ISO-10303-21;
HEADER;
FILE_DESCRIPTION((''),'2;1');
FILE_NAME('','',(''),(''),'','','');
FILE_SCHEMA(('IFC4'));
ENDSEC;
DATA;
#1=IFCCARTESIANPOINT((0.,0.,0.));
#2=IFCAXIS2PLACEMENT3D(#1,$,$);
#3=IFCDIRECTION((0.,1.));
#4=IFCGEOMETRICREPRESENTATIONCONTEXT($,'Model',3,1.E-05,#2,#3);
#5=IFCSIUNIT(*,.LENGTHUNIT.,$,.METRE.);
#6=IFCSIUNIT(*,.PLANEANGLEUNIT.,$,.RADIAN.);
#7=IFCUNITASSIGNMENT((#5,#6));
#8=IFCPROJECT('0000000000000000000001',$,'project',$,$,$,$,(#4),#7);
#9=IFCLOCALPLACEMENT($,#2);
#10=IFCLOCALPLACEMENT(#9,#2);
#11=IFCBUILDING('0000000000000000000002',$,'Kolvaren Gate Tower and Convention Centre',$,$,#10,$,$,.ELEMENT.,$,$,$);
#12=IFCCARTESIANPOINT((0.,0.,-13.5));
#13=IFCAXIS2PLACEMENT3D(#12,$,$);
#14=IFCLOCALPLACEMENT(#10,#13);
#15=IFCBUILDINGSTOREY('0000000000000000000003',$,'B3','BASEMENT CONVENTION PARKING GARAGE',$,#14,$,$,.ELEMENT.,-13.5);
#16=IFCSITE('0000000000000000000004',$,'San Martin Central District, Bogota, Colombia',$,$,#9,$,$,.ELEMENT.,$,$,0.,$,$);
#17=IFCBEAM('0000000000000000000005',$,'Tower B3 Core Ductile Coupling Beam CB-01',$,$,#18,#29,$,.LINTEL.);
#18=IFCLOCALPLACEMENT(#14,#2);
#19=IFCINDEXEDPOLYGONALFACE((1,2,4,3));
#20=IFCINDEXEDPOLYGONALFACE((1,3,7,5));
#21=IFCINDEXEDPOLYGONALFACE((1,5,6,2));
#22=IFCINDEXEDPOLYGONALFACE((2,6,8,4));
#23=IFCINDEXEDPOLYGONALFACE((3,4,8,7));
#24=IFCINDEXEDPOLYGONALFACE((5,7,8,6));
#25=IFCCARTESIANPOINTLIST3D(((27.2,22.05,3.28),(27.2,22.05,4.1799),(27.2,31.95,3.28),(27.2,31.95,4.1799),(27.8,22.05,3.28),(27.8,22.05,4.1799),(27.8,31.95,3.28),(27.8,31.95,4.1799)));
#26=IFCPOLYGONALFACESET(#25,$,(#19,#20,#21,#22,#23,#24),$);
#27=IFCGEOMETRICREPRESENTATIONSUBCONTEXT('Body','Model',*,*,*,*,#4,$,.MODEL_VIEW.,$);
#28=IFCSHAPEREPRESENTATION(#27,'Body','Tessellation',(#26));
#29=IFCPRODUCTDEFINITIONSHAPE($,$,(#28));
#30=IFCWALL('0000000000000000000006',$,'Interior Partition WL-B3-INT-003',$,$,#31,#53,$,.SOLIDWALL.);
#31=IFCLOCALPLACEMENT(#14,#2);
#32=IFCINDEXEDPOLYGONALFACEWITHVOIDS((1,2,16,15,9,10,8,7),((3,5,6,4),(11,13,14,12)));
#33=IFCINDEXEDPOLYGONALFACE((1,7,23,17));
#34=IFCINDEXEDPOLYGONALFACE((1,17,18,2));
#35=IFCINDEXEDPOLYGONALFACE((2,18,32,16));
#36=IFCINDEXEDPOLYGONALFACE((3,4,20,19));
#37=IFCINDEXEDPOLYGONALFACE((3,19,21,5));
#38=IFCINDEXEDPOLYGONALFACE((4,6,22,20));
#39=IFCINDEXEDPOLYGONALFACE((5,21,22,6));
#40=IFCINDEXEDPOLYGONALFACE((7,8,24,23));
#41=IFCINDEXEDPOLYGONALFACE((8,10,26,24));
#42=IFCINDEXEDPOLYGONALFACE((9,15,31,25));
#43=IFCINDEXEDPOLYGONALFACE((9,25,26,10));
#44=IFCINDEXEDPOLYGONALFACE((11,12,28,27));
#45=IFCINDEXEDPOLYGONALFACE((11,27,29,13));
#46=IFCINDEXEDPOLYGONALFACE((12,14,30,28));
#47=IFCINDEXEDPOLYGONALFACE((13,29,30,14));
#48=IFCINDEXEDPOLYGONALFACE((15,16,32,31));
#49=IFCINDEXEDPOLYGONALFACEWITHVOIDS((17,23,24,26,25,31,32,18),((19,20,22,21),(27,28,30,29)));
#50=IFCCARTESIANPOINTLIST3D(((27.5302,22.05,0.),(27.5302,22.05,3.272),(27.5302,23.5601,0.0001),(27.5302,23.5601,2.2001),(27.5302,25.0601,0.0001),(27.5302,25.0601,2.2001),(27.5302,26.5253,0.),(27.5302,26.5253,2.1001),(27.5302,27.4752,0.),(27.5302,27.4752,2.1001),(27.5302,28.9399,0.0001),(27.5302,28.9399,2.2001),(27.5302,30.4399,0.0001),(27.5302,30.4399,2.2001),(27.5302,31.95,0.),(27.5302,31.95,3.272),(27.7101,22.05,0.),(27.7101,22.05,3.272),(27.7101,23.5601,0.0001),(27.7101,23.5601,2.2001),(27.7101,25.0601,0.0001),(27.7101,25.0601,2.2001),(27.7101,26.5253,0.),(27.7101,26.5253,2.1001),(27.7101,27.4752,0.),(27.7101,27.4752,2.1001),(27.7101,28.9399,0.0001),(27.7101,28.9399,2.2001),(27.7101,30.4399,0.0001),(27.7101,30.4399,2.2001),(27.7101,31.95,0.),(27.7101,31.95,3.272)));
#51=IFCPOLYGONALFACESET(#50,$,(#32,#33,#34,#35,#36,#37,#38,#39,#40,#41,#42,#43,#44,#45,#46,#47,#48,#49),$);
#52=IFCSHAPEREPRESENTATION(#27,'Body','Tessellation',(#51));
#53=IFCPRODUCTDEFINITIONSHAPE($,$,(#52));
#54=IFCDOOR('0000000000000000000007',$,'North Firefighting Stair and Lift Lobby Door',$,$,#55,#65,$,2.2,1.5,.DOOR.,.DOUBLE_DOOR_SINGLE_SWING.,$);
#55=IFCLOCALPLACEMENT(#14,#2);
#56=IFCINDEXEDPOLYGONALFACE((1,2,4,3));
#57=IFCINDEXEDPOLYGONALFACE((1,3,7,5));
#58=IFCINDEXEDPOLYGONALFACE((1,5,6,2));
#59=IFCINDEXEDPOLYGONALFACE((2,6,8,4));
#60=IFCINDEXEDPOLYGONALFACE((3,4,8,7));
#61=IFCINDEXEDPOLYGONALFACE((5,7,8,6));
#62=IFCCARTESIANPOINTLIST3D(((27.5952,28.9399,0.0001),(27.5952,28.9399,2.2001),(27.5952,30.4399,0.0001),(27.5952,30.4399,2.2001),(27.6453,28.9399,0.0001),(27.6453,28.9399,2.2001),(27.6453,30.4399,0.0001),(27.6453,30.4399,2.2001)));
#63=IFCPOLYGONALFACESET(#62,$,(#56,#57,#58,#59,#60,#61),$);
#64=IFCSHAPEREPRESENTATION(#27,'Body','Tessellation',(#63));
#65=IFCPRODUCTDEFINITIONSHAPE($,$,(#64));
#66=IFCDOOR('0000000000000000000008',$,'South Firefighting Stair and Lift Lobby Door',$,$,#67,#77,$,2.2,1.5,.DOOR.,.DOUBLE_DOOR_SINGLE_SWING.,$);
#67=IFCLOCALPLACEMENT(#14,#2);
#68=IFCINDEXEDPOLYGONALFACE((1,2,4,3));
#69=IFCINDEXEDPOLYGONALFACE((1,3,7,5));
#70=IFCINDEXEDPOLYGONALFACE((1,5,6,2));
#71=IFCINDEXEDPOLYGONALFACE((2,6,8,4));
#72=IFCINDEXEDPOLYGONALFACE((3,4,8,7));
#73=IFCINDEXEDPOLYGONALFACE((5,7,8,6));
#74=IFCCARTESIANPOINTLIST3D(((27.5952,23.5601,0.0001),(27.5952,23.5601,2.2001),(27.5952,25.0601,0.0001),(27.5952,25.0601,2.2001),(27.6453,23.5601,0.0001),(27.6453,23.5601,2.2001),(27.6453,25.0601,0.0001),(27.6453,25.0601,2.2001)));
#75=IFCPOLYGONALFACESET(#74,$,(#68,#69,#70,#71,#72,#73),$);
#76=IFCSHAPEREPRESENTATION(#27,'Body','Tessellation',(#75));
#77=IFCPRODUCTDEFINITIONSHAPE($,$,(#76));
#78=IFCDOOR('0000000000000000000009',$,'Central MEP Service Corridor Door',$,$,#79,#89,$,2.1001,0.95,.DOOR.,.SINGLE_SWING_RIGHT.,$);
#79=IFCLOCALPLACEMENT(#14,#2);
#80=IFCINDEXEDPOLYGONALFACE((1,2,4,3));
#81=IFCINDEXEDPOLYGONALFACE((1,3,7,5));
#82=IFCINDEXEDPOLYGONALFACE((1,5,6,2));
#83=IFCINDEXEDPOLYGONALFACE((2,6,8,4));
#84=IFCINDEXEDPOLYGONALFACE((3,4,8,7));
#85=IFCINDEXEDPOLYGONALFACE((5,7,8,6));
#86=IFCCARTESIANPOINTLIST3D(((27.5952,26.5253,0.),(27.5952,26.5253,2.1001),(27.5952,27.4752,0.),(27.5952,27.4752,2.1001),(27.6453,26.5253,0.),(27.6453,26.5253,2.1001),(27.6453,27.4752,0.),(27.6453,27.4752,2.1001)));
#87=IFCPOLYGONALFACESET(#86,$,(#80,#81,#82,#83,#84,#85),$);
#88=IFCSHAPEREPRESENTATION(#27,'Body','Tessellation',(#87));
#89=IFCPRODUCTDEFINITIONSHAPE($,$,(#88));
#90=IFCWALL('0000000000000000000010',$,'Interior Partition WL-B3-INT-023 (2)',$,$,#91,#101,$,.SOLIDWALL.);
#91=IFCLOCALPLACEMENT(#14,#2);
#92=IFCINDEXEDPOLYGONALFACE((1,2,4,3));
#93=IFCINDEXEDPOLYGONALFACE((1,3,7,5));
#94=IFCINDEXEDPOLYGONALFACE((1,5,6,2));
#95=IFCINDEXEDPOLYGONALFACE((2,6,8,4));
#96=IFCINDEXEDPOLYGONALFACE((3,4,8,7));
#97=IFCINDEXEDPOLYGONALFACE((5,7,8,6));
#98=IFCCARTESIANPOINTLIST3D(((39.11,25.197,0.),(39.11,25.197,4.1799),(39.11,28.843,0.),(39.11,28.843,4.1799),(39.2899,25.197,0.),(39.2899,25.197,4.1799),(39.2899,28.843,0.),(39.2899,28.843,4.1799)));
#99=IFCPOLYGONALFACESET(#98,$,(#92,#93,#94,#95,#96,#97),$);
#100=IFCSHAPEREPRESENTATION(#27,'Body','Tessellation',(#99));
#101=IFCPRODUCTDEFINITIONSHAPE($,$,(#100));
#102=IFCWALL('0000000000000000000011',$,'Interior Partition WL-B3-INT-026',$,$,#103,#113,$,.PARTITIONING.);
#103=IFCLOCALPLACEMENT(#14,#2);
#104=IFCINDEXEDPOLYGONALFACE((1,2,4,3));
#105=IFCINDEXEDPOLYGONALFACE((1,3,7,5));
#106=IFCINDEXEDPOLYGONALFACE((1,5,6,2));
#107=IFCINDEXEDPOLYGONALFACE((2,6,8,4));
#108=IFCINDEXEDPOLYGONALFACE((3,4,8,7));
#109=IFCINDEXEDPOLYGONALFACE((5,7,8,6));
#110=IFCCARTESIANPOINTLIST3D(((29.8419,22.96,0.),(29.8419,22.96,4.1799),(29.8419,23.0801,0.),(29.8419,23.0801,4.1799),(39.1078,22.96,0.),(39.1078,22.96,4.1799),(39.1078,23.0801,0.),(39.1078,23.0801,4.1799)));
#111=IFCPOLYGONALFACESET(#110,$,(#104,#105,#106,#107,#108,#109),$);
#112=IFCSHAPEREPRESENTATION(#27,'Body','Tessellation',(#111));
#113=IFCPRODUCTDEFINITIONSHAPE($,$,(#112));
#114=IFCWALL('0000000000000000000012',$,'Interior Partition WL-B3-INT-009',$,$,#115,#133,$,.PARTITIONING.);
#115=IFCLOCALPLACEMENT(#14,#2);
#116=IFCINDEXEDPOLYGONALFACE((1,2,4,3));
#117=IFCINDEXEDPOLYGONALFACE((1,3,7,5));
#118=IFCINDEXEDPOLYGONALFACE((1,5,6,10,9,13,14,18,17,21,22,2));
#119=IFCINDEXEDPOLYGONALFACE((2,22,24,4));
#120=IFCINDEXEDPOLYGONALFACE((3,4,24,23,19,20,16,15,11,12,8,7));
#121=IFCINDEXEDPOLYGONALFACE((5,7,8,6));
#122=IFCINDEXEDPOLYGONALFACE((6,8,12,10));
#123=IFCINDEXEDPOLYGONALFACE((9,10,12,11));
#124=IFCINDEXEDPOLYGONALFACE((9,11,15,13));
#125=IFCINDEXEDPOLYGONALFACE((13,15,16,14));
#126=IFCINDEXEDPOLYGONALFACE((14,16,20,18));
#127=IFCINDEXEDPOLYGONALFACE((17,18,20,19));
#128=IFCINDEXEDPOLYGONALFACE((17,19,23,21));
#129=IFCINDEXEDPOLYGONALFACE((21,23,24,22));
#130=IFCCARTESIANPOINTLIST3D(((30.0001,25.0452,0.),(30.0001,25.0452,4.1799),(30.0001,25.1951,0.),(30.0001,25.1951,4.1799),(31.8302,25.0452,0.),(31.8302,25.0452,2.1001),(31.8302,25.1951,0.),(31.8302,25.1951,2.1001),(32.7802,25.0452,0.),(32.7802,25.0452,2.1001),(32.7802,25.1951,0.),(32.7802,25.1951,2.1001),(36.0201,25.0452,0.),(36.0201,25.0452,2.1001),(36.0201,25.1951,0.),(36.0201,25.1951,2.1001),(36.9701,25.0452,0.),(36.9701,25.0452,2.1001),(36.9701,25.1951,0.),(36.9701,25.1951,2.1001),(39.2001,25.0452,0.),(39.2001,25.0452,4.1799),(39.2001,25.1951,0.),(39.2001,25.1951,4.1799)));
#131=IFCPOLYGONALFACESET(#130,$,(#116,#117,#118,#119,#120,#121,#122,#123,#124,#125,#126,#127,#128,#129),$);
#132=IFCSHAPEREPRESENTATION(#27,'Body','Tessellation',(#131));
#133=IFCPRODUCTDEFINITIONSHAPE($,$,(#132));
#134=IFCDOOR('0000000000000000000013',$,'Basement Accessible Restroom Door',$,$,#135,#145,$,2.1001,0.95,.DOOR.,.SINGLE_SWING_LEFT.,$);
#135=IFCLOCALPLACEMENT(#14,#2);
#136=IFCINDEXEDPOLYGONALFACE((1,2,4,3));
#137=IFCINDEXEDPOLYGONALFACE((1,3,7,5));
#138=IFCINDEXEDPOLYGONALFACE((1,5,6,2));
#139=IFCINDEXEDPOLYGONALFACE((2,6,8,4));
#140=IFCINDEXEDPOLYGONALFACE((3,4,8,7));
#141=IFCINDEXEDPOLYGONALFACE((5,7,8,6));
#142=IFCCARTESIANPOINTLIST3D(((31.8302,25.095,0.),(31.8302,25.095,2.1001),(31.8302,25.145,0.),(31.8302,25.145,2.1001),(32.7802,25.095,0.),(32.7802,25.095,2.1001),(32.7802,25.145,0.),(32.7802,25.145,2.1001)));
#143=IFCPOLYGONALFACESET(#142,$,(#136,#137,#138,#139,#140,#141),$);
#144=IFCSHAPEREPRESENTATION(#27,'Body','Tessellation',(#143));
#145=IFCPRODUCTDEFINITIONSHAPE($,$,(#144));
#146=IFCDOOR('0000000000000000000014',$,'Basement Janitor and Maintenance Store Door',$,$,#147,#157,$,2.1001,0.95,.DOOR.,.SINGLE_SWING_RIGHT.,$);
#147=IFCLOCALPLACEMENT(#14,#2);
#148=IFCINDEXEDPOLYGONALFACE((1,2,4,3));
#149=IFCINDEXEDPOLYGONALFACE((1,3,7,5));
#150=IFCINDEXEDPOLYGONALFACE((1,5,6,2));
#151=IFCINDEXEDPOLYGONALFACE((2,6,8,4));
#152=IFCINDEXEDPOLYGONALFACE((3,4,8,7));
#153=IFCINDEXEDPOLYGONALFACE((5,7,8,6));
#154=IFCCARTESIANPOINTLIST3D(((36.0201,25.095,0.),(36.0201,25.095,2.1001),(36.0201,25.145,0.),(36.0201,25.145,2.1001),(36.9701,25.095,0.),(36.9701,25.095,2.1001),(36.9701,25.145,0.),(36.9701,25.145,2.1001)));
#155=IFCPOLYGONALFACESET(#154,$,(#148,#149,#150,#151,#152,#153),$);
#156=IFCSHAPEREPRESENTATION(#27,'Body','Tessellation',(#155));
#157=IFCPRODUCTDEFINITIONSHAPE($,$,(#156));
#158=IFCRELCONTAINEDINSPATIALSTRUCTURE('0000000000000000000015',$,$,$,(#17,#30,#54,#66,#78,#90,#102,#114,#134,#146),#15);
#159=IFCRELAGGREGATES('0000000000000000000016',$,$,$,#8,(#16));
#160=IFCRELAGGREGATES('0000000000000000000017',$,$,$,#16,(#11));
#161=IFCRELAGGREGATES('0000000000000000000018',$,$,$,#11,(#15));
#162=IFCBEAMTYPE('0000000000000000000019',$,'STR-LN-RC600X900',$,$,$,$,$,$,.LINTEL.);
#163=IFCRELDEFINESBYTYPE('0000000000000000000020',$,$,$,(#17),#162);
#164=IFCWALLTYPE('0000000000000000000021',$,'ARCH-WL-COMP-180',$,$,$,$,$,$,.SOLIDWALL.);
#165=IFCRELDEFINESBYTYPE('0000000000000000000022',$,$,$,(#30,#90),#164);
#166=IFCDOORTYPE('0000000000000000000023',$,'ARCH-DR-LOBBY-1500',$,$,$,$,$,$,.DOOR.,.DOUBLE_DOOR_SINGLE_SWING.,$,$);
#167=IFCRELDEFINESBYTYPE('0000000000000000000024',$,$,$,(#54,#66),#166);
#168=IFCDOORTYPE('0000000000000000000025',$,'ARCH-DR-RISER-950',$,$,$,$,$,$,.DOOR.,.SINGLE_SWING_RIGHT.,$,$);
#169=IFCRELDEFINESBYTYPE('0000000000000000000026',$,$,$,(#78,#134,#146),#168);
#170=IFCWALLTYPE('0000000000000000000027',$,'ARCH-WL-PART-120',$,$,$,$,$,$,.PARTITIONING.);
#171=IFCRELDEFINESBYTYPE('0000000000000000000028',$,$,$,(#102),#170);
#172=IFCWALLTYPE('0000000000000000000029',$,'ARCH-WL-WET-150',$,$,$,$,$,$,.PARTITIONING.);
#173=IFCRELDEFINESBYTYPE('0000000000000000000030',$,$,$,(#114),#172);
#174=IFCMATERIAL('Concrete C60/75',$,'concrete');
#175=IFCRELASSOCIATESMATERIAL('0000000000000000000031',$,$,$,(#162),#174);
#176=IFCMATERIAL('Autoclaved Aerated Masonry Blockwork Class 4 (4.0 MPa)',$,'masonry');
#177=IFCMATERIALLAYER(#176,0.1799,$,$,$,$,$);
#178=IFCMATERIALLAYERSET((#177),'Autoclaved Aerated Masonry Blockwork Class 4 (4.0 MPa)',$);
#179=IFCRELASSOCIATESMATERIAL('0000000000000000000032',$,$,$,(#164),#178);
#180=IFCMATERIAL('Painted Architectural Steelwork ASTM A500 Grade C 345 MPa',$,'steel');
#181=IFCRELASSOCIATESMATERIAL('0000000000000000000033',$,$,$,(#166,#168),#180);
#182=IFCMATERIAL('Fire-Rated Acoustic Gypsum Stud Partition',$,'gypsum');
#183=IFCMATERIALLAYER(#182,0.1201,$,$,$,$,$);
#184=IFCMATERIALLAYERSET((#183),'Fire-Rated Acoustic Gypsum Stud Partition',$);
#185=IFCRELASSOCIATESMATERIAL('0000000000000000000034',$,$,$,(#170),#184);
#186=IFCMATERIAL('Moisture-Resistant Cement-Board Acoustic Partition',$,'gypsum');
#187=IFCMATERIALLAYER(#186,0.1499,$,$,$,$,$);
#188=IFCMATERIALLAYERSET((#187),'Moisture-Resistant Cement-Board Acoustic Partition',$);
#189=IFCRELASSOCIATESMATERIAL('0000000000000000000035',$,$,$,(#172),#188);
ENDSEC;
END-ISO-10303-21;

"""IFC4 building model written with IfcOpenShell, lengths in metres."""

from ifc_helpers import new_model, si_unit, direction, frame, frame_2d, origin, origin_2d, place, context, subcontext, project, spatial, rectangle, extrude, material, layer, layer_set, material_profile, profile_set, type_object, element, fill, save


model = new_model("IFC4")

# Units and contexts
model_context = context("Model", 3, precision=1e-05, world=origin(), true_north=direction((0.0, 1.0)))
body_context = subcontext(model_context, "Body", "Model", "MODEL_VIEW")
ifc_project = project(units=[si_unit("LENGTHUNIT", "METRE"), si_unit("PLANEANGLEUNIT", "RADIAN")], contexts=[model_context])

# Site, building, storey
site_placement = place(None, origin())
site = spatial("IfcSite", under=ifc_project, at=site_placement, Name="San Martin Central District, Bogota, Colombia", CompositionType="ELEMENT", RefElevation=0.0)
building_placement = place(site_placement, origin())
building = spatial("IfcBuilding", under=site, at=building_placement, Name="Kolvaren Gate Tower and Convention Centre", CompositionType="ELEMENT")
storey_placement = place(building_placement, frame((0.0, 0.0, -13.5)))
storey = spatial("IfcBuildingStorey", under=building, at=storey_placement, Name="B3", Description="BASEMENT CONVENTION PARKING GARAGE", CompositionType="ELEMENT", Elevation=-13.5)

# Beam
ifc_material_1 = material(Name="Concrete C60/75", Category="concrete")
ifc_material_profile_1 = material_profile(ifc_material_1, rectangle(XDim=0.6001, YDim=0.8999, at=origin_2d()), Name="RC-BM-600X900")
ifc_profile_set_1 = profile_set([ifc_material_profile_1], Name="Concrete C60/75")
beam_type_1 = type_object("IfcBeamType", Name="STR-LN-RC600X900", PredefinedType="LINTEL", material=ifc_profile_set_1)
beam_1_placement = place(storey_placement, frame((27.5, 22.05, 3.73), z_axis=(0.0, 1.0, 0.0), x_axis=(-1.0, 0.0, 0.0)))
element("IfcBeam", 1, at=beam_1_placement, inside=storey, type_object=beam_type_1, Name="Tower B3 Core Ductile Coupling Beam CB-01", PredefinedType="LINTEL", context=body_context, shape_type="SweptSolid", body=[
    extrude(rectangle(XDim=0.6001, YDim=0.8999, at=origin_2d()), origin(), (0.0, 0.0, 1.0), 9.8999),
])

# Wall, openings, doors
ifc_material_2 = material(Name="Autoclaved Aerated Masonry Blockwork Class 4 (4.0 MPa)", Category="masonry")
ifc_layer_1 = layer(ifc_material_2, 0.1799)
ifc_layer_set_1 = layer_set([ifc_layer_1], Name="Autoclaved Aerated Masonry Blockwork Class 4 (4.0 MPa)")
wall_type_1 = type_object("IfcWallType", Name="ARCH-WL-COMP-180", PredefinedType="SOLIDWALL", material=ifc_layer_set_1)
wall_1_placement = place(storey_placement, frame((27.6201, 22.05, 0.0), z_axis=(0.0, 0.0, 1.0), x_axis=(0.0, 1.0, 0.0)))
wall_1 = element("IfcWall", 2, at=wall_1_placement, inside=storey, type_object=wall_type_1, Name="Interior Partition WL-B3-INT-003", PredefinedType="SOLIDWALL", context=body_context, shape_type="SweptSolid", body=[
    extrude(rectangle(XDim=9.8999, YDim=0.1799, at=frame_2d((4.95, 0.0))), origin(), (0.0, 0.0, 1.0), 3.272),
])
opening_1_placement = place(wall_1_placement, frame((4.4751, 0.0, 0.0)))
opening_1 = element("IfcOpeningElement", 3, at=opening_1_placement, cuts=wall_1, PredefinedType="OPENING", context=body_context, shape_type="SweptSolid", body=[
    extrude(rectangle(XDim=0.95, YDim=2.1001, at=frame_2d((0.4751, 1.05))), frame((0.0, 0.0999, 0.0), z_axis=(0.0, -1.0, 0.0), x_axis=(1.0, 0.0, 0.0)), (0.0, 0.0, 1.0), 0.2),
])
opening_2_placement = place(wall_1_placement, frame((6.8899, 0.0, 0.0)))
opening_2 = element("IfcOpeningElement", 4, at=opening_2_placement, cuts=wall_1, PredefinedType="OPENING", context=body_context, shape_type="SweptSolid", body=[
    extrude(rectangle(XDim=1.5, YDim=2.2, at=frame_2d((0.75, 1.1001))), frame((0.0, 0.0999, 0.0), z_axis=(0.0, -1.0, 0.0), x_axis=(1.0, 0.0, 0.0)), (0.0, 0.0, 1.0), 0.2),
])
opening_3_placement = place(wall_1_placement, frame((1.51, 0.0, 0.0)))
opening_3 = element("IfcOpeningElement", 5, at=opening_3_placement, cuts=wall_1, PredefinedType="OPENING", context=body_context, shape_type="SweptSolid", body=[
    extrude(rectangle(XDim=1.5, YDim=2.2, at=frame_2d((0.75, 1.1001))), frame((0.0, 0.0999, 0.0), z_axis=(0.0, -1.0, 0.0), x_axis=(1.0, 0.0, 0.0)), (0.0, 0.0, 1.0), 0.2),
])
ifc_material_3 = material(Name="Painted Architectural Steelwork ASTM A500 Grade C 345 MPa", Category="steel")
door_type_1 = type_object("IfcDoorType", Name="ARCH-DR-LOBBY-1500", OperationType="DOUBLE_DOOR_SINGLE_SWING", PredefinedType="DOOR", material=ifc_material_3)
door_1_placement = place(opening_2_placement, origin())
door_1 = element("IfcDoor", 6, at=door_1_placement, inside=storey, type_object=door_type_1, Name="North Firefighting Stair and Lift Lobby Door", OperationType="DOUBLE_DOOR_SINGLE_SWING", OverallHeight=2.2, OverallWidth=1.5, PredefinedType="DOOR", context=body_context, shape_type="SweptSolid", body=[
    extrude(rectangle(XDim=1.5, YDim=2.2, at=frame_2d((0.75, 1.1001))), frame((0.0, 0.0249, 0.0), z_axis=(0.0, -1.0, 0.0), x_axis=(1.0, 0.0, 0.0)), (0.0, 0.0, 1.0), 0.05),
])
fill(opening_2, door_1)
door_2_placement = place(opening_3_placement, origin())
door_2 = element("IfcDoor", 7, at=door_2_placement, inside=storey, type_object=door_type_1, Name="South Firefighting Stair and Lift Lobby Door", OperationType="DOUBLE_DOOR_SINGLE_SWING", OverallHeight=2.2, OverallWidth=1.5, PredefinedType="DOOR", context=body_context, shape_type="SweptSolid", body=[
    extrude(rectangle(XDim=1.5, YDim=2.2, at=frame_2d((0.75, 1.1001))), frame((0.0, 0.0249, 0.0), z_axis=(0.0, -1.0, 0.0), x_axis=(1.0, 0.0, 0.0)), (0.0, 0.0, 1.0), 0.05),
])
fill(opening_3, door_2)
door_type_2 = type_object("IfcDoorType", Name="ARCH-DR-RISER-950", OperationType="SINGLE_SWING_RIGHT", PredefinedType="DOOR", material=ifc_material_3)
door_3_placement = place(opening_1_placement, origin())
door_3 = element("IfcDoor", 8, at=door_3_placement, inside=storey, type_object=door_type_2, Name="Central MEP Service Corridor Door", OperationType="SINGLE_SWING_RIGHT", OverallHeight=2.1001, OverallWidth=0.95, PredefinedType="DOOR", context=body_context, shape_type="SweptSolid", body=[
    extrude(rectangle(XDim=0.95, YDim=2.1001, at=frame_2d((0.4751, 1.05))), frame((0.0, 0.0249, 0.0), z_axis=(0.0, -1.0, 0.0), x_axis=(1.0, 0.0, 0.0)), (0.0, 0.0, 1.0), 0.05),
])
fill(opening_1, door_3)

# Walls
wall_2_placement = place(storey_placement, frame((39.2, 25.197, 0.0), z_axis=(0.0, 0.0, 1.0), x_axis=(0.0, 1.0, 0.0)))
element("IfcWall", 9, at=wall_2_placement, inside=storey, type_object=wall_type_1, Name="Interior Partition WL-B3-INT-023 (2)", PredefinedType="SOLIDWALL", context=body_context, shape_type="SweptSolid", body=[
    extrude(rectangle(XDim=3.646, YDim=0.1799, at=frame_2d((1.823, 0.0))), origin(), (0.0, 0.0, 1.0), 4.1799),
])
ifc_material_4 = material(Name="Fire-Rated Acoustic Gypsum Stud Partition", Category="gypsum")
ifc_layer_2 = layer(ifc_material_4, 0.1201)
ifc_layer_set_2 = layer_set([ifc_layer_2], Name="Fire-Rated Acoustic Gypsum Stud Partition")
wall_type_2 = type_object("IfcWallType", Name="ARCH-WL-PART-120", PredefinedType="PARTITIONING", material=ifc_layer_set_2)
wall_3_placement = place(storey_placement, frame((29.842, 23.02, 0.0), z_axis=(0.0, 0.0, 1.0), x_axis=(1.0, 0.0, 0.0)))
element("IfcWall", 10, at=wall_3_placement, inside=storey, type_object=wall_type_2, Name="Interior Partition WL-B3-INT-026", PredefinedType="PARTITIONING", context=body_context, shape_type="SweptSolid", body=[
    extrude(rectangle(XDim=9.2659, YDim=0.1201, at=frame_2d((4.6328, 0.0))), origin(), (0.0, 0.0, 1.0), 4.1799),
])

# Wall, openings, doors
ifc_material_5 = material(Name="Moisture-Resistant Cement-Board Acoustic Partition", Category="gypsum")
ifc_layer_3 = layer(ifc_material_5, 0.1499)
ifc_layer_set_3 = layer_set([ifc_layer_3], Name="Moisture-Resistant Cement-Board Acoustic Partition")
wall_type_3 = type_object("IfcWallType", Name="ARCH-WL-WET-150", PredefinedType="PARTITIONING", material=ifc_layer_set_3)
wall_4_placement = place(storey_placement, frame((30.0, 25.1201, 0.0), z_axis=(0.0, 0.0, 1.0), x_axis=(1.0, 0.0, 0.0)))
wall_4 = element("IfcWall", 11, at=wall_4_placement, inside=storey, type_object=wall_type_3, Name="Interior Partition WL-B3-INT-009", PredefinedType="PARTITIONING", context=body_context, shape_type="SweptSolid", body=[
    extrude(rectangle(XDim=9.2, YDim=0.1499, at=frame_2d((4.6001, 0.0))), origin(), (0.0, 0.0, 1.0), 4.1799),
])
opening_4_placement = place(wall_4_placement, frame((1.8301, 0.0, 0.0)))
opening_4 = element("IfcOpeningElement", 12, at=opening_4_placement, cuts=wall_4, PredefinedType="OPENING", context=body_context, shape_type="SweptSolid", body=[
    extrude(rectangle(XDim=0.95, YDim=2.1001, at=frame_2d((0.4751, 1.05))), frame((0.0, 0.085, 0.0), z_axis=(0.0, -1.0, 0.0), x_axis=(1.0, 0.0, 0.0)), (0.0, 0.0, 1.0), 0.1699),
])
opening_5_placement = place(wall_4_placement, frame((6.02, 0.0, 0.0)))
opening_5 = element("IfcOpeningElement", 13, at=opening_5_placement, cuts=wall_4, PredefinedType="OPENING", context=body_context, shape_type="SweptSolid", body=[
    extrude(rectangle(XDim=0.95, YDim=2.1001, at=frame_2d((0.4751, 1.05))), frame((0.0, 0.085, 0.0), z_axis=(0.0, -1.0, 0.0), x_axis=(1.0, 0.0, 0.0)), (0.0, 0.0, 1.0), 0.1699),
])
door_4_placement = place(opening_4_placement, origin())
door_4 = element("IfcDoor", 14, at=door_4_placement, inside=storey, type_object=door_type_2, Name="Basement Accessible Restroom Door", OperationType="SINGLE_SWING_LEFT", OverallHeight=2.1001, OverallWidth=0.95, PredefinedType="DOOR", context=body_context, shape_type="SweptSolid", body=[
    extrude(rectangle(XDim=0.95, YDim=2.1001, at=frame_2d((0.4751, 1.05))), frame((0.0, 0.0249, 0.0), z_axis=(0.0, -1.0, 0.0), x_axis=(1.0, 0.0, 0.0)), (0.0, 0.0, 1.0), 0.05),
])
fill(opening_4, door_4)
door_5_placement = place(opening_5_placement, origin())
door_5 = element("IfcDoor", 15, at=door_5_placement, inside=storey, type_object=door_type_2, Name="Basement Janitor and Maintenance Store Door", OperationType="SINGLE_SWING_RIGHT", OverallHeight=2.1001, OverallWidth=0.95, PredefinedType="DOOR", context=body_context, shape_type="SweptSolid", body=[
    extrude(rectangle(XDim=0.95, YDim=2.1001, at=frame_2d((0.4751, 1.05))), frame((0.0, 0.0249, 0.0), z_axis=(0.0, -1.0, 0.0), x_axis=(1.0, 0.0, 0.0)), (0.0, 0.0, 1.0), 0.05),
])
fill(opening_5, door_5)

save(model, "model.ifc")
